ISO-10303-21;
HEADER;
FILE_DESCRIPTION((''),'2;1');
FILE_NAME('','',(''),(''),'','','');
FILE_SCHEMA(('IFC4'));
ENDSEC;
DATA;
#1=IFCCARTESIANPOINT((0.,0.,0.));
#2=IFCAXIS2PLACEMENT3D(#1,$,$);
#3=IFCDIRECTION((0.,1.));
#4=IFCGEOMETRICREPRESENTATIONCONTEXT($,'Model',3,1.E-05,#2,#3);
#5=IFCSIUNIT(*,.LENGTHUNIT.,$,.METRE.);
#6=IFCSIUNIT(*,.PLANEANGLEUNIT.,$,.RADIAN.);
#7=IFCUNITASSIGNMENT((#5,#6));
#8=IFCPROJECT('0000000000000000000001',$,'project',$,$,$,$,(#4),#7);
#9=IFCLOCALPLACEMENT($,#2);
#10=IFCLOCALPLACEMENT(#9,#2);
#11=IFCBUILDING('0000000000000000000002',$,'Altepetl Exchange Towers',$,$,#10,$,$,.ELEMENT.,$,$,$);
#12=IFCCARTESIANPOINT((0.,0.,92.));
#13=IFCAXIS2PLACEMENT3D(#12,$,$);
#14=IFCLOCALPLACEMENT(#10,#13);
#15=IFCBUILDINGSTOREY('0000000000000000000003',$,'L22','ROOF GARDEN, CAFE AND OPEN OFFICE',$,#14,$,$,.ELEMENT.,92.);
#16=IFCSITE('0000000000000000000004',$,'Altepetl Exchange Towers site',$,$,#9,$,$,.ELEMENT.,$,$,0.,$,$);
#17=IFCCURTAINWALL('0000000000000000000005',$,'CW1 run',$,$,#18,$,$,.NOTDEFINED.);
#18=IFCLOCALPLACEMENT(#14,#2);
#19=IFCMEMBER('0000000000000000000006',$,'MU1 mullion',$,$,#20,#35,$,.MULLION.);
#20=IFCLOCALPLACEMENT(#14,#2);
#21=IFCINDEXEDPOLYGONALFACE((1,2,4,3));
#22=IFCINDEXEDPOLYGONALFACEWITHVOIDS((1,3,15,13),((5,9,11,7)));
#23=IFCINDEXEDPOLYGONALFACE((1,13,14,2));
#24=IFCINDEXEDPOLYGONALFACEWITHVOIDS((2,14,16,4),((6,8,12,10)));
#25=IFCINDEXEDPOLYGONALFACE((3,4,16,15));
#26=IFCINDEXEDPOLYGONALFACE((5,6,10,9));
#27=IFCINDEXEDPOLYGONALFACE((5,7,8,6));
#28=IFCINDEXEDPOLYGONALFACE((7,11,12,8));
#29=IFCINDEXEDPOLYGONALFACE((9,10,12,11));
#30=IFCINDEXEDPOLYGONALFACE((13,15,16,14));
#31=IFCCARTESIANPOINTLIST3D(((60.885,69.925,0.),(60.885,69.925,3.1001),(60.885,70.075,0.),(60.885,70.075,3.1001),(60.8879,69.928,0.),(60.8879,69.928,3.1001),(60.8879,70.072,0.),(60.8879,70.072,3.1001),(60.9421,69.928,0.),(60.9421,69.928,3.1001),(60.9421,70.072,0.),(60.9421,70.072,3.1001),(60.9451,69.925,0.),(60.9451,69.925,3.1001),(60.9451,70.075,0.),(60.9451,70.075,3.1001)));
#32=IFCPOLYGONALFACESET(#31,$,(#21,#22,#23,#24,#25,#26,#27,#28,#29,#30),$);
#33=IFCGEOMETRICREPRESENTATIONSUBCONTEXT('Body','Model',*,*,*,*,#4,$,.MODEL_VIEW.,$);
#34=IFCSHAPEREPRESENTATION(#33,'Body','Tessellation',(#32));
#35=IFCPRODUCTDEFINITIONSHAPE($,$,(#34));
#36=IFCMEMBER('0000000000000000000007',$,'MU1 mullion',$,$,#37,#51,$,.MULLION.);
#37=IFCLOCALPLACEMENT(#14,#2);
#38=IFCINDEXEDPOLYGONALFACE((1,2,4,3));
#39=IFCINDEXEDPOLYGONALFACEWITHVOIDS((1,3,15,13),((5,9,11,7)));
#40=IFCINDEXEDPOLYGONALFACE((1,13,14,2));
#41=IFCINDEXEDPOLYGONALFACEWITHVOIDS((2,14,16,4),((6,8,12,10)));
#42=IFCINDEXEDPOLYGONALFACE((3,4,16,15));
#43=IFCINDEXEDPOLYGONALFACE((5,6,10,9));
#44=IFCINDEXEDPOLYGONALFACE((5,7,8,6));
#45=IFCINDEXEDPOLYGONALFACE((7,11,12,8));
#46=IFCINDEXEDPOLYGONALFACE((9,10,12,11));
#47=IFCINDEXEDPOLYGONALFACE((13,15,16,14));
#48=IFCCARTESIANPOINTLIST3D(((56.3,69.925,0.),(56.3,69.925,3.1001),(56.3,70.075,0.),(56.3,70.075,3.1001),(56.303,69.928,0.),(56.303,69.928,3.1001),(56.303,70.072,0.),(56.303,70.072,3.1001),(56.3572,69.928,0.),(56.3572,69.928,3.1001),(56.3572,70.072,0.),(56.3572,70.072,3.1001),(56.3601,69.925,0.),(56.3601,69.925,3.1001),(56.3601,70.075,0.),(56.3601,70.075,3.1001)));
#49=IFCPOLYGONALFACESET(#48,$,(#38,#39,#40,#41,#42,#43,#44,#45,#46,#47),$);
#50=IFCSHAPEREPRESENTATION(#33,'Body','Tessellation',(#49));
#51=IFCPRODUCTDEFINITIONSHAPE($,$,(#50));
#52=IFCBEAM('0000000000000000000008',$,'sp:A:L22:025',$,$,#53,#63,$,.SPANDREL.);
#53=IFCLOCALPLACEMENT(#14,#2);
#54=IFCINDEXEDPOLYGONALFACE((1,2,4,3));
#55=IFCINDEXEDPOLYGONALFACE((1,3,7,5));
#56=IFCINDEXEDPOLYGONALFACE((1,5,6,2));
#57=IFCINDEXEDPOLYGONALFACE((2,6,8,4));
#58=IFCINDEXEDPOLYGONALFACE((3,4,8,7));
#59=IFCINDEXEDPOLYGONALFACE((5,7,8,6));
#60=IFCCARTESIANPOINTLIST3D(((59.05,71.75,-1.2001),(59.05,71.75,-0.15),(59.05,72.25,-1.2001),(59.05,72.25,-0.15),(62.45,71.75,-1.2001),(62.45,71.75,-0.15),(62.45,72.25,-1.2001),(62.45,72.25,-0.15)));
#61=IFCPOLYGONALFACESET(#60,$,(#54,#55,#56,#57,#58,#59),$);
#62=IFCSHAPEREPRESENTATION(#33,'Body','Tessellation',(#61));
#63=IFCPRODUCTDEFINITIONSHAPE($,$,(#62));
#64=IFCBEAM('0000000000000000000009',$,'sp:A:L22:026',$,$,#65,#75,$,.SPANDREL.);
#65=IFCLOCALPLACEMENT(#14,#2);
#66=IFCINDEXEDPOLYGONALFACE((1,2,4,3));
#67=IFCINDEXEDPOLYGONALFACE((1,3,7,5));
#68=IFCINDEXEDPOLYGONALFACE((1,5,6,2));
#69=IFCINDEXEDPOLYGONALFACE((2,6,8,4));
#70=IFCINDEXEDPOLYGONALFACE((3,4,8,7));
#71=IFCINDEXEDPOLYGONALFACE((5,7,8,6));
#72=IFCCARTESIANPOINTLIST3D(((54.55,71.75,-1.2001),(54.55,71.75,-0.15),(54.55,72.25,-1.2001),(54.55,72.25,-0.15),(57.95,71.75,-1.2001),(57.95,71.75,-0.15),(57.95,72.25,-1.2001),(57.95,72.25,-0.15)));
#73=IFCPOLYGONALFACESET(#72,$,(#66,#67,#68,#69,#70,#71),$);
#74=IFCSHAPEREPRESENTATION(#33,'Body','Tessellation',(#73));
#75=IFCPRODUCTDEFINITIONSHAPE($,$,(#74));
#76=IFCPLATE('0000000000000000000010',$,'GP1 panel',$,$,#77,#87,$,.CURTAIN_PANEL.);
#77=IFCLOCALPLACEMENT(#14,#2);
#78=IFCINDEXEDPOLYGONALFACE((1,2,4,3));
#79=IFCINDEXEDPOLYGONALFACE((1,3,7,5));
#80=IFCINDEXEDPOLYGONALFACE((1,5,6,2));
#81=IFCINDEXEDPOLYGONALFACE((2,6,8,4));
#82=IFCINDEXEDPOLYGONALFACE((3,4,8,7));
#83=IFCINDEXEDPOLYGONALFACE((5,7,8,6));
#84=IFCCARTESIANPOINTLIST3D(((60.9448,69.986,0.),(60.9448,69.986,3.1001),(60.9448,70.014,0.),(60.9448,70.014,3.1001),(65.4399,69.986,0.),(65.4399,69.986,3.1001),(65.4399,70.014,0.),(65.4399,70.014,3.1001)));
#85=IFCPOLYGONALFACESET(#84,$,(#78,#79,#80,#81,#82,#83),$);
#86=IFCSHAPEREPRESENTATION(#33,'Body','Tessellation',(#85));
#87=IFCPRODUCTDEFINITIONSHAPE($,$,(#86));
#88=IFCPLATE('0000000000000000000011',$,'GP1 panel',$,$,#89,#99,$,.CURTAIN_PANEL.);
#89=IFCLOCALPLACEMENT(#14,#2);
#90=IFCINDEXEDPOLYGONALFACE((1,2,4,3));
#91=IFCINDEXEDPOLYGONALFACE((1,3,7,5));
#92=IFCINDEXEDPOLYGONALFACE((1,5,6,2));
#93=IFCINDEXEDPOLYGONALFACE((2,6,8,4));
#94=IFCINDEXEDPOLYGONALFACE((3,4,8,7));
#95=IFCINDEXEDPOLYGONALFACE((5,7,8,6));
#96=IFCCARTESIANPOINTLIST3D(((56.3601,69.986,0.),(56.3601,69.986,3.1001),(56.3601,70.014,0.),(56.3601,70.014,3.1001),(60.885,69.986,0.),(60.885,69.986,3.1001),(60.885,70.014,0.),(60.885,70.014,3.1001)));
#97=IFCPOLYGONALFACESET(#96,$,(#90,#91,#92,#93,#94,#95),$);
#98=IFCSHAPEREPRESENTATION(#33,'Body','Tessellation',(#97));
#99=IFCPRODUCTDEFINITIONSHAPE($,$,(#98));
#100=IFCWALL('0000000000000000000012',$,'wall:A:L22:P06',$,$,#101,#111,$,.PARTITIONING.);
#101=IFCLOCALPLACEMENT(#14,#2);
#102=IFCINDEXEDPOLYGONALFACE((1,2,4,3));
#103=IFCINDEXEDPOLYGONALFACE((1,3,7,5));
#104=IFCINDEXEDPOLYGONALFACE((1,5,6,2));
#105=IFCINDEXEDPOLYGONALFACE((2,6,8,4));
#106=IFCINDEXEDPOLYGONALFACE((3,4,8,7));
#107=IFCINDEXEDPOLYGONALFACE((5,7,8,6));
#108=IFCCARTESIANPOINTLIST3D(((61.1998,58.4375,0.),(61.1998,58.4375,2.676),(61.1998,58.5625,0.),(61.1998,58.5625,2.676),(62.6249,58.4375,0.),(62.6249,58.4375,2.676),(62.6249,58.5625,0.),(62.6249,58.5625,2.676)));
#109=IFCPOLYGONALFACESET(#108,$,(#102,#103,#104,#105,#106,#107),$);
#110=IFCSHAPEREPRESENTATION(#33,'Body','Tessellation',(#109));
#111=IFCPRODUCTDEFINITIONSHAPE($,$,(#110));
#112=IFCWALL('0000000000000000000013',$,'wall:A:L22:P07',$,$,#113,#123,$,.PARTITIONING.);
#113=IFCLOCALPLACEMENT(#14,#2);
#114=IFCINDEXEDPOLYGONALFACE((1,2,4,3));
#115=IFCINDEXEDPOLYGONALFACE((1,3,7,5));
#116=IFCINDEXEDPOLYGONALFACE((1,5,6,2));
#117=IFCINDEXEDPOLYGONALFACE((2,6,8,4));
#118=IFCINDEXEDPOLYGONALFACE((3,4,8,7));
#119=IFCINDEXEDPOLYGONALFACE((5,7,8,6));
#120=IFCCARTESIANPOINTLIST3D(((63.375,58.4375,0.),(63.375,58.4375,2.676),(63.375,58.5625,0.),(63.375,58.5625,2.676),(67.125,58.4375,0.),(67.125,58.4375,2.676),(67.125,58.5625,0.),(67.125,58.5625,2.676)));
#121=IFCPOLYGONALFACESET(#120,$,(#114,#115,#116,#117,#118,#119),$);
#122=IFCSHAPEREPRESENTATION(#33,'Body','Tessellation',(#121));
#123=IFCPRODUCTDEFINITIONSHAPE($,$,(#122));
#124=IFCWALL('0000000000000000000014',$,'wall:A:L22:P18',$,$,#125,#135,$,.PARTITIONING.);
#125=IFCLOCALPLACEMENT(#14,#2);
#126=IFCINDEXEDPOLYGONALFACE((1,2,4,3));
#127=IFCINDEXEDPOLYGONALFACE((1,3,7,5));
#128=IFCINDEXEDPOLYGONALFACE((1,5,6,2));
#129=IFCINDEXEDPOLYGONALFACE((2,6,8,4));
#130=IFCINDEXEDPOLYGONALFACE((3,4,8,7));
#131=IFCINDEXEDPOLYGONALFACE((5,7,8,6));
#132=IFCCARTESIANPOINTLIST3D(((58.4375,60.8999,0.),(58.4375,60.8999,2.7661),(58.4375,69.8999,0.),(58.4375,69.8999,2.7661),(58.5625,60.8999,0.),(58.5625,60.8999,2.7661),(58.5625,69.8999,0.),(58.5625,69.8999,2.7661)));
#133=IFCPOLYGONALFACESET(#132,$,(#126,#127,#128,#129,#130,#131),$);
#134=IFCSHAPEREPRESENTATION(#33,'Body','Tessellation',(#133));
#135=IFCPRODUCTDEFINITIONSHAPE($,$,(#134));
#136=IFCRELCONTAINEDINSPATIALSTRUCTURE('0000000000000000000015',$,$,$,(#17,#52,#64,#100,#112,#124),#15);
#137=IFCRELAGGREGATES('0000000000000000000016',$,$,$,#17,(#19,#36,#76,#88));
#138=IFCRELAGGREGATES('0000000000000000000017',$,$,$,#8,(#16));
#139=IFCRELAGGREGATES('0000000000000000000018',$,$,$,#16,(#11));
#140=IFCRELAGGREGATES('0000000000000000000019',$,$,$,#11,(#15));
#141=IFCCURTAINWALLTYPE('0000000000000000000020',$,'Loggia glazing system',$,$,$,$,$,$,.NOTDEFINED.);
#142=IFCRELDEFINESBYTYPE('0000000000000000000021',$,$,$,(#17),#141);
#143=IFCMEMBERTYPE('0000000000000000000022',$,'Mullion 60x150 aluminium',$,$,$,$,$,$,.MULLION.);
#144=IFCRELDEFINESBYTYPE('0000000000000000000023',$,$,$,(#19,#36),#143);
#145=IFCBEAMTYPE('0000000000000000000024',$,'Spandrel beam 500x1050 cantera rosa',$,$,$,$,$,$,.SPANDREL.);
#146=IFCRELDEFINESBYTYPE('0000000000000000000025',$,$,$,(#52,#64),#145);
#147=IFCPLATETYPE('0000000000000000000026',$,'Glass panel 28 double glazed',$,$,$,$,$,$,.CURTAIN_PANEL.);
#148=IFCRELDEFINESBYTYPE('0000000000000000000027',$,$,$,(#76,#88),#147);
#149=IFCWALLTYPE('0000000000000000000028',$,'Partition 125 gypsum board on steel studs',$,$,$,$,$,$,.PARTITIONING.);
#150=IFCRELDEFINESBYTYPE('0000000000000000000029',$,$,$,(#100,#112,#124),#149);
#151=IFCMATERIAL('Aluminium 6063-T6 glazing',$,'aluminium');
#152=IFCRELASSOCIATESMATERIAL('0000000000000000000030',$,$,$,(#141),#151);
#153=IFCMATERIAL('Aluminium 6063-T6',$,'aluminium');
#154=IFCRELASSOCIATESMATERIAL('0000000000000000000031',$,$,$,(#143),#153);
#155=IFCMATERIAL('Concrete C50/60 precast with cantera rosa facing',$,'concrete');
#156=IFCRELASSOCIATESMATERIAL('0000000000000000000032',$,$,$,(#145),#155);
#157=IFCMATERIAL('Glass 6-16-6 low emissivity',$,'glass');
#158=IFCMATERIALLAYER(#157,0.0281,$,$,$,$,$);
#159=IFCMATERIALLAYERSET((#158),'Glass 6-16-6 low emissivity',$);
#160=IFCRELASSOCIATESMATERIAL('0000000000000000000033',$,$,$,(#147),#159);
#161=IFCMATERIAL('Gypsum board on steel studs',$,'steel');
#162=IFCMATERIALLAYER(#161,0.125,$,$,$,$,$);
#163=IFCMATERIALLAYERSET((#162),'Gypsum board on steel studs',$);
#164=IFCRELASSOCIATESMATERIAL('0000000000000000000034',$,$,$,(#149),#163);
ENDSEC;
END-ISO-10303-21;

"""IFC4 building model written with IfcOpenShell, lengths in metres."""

from ifc_helpers import new_model, si_unit, direction, frame, frame_2d, origin, origin_2d, place, context, subcontext, project, spatial, rectangle, hollow_rectangle, extrude, material, layer, layer_set, material_profile, profile_set, type_object, element, aggregate, save


model = new_model("IFC4")

# Units and contexts
model_context = context("Model", 3, precision=1e-05, world=origin(), true_north=direction((0.0, 1.0)))
body_context = subcontext(model_context, "Body", "Model", "MODEL_VIEW")
ifc_project = project(units=[si_unit("LENGTHUNIT", "METRE"), si_unit("PLANEANGLEUNIT", "RADIAN")], contexts=[model_context])

# Site, building, storey
site_placement = place(None, origin())
site = spatial("IfcSite", under=ifc_project, at=site_placement, Name="Altepetl Exchange Towers site", CompositionType="ELEMENT", RefElevation=0.0)
building_placement = place(site_placement, origin())
building = spatial("IfcBuilding", under=site, at=building_placement, Name="Altepetl Exchange Towers", CompositionType="ELEMENT")
storey_placement = place(building_placement, frame((0.0, 0.0, 92.0)))
storey = spatial("IfcBuildingStorey", under=building, at=storey_placement, Name="L22", Description="ROOF GARDEN, CAFE AND OPEN OFFICE", CompositionType="ELEMENT", Elevation=92.0)

# Curtain wall, members
ifc_material_1 = material(Name="Aluminium 6063-T6 glazing", Category="aluminium")
curtain_wall_type = type_object("IfcCurtainWallType", Name="Loggia glazing system", PredefinedType="NOTDEFINED", material=ifc_material_1)
ifc_material_2 = material(Name="Aluminium 6063-T6", Category="aluminium")
ifc_material_profile_1 = material_profile(ifc_material_2, hollow_rectangle(XDim=0.0601, YDim=0.1499, WallThickness=0.0029, at=origin_2d()), Name="Mullion 60x150 aluminium")
ifc_profile_set_1 = profile_set([ifc_material_profile_1], Name="Aluminium 6063-T6")
member_type = type_object("IfcMemberType", Name="Mullion 60x150 aluminium", PredefinedType="MULLION", material=ifc_profile_set_1)
curtain_wall_1_placement = place(storey_placement, origin())
curtain_wall_1 = element("IfcCurtainWall", 1, at=curtain_wall_1_placement, inside=storey, type_object=curtain_wall_type, Name="CW1 run", PredefinedType="NOTDEFINED")
member_1_placement = place(storey_placement, frame((60.915, 70.0, 0.0), z_axis=(0.0, 0.0, 1.0), x_axis=(-1.0, 0.0, 0.0)))
member_1 = element("IfcMember", 2, at=member_1_placement, type_object=member_type, Name="MU1 mullion", PredefinedType="MULLION", context=body_context, shape_type="SweptSolid", body=[
    extrude(hollow_rectangle(XDim=0.0601, YDim=0.1499, WallThickness=0.0029, at=origin_2d()), origin(), (0.0, 0.0, 1.0), 3.1001),
])
member_2_placement = place(storey_placement, frame((56.3301, 70.0, 0.0), z_axis=(0.0, 0.0, 1.0), x_axis=(-1.0, 0.0, 0.0)))
member_2 = element("IfcMember", 3, at=member_2_placement, type_object=member_type, Name="MU1 mullion", PredefinedType="MULLION", context=body_context, shape_type="SweptSolid", body=[
    extrude(hollow_rectangle(XDim=0.0601, YDim=0.1499, WallThickness=0.0029, at=origin_2d()), origin(), (0.0, 0.0, 1.0), 3.1001),
])

# Beams
ifc_material_3 = material(Name="Concrete C50/60 precast with cantera rosa facing", Category="concrete")
ifc_material_profile_2 = material_profile(ifc_material_3, rectangle(XDim=0.5, YDim=1.05, at=origin_2d()), Name="500 x 1050")
ifc_profile_set_2 = profile_set([ifc_material_profile_2], Name="Concrete C50/60 precast with cantera rosa facing")
beam_type_1 = type_object("IfcBeamType", Name="Spandrel beam 500x1050 cantera rosa", PredefinedType="SPANDREL", material=ifc_profile_set_2)
for number, where, z_axis, x_axis, name in (
    (4, (62.45, 72.0, -0.675), (-1.0, 0.0, 0.0), (0.0, -1.0, 0.0), "sp:A:L22:025"),
    (5, (57.95, 72.0, -0.675), (-1.0, 0.0, 0.0), (0.0, -1.0, 0.0), "sp:A:L22:026"),
):
    element("IfcBeam", number, at=place(storey_placement, frame(where, z_axis=z_axis, x_axis=x_axis)), inside=storey, type_object=beam_type_1, Name=name, PredefinedType="SPANDREL", context=body_context, shape_type="SweptSolid", body=[
        extrude(rectangle(XDim=0.5, YDim=1.05, at=origin_2d()), origin(), (0.0, 0.0, 1.0), 3.3999),
    ])

# Plates
ifc_material_4 = material(Name="Glass 6-16-6 low emissivity", Category="glass")
ifc_layer_1 = layer(ifc_material_4, 0.0281)
ifc_layer_set_1 = layer_set([ifc_layer_1], Name="Glass 6-16-6 low emissivity")
plate_type = type_object("IfcPlateType", Name="Glass panel 28 double glazed", PredefinedType="CURTAIN_PANEL", material=ifc_layer_set_1)
plate_1_placement = place(storey_placement, frame((63.1924, 70.0, 0.0), z_axis=(0.0, 0.0, 1.0), x_axis=(-1.0, 0.0, 0.0)))
plate_1 = element("IfcPlate", 6, at=plate_1_placement, type_object=plate_type, Name="GP1 panel", PredefinedType="CURTAIN_PANEL", context=body_context, shape_type="SweptSolid", body=[
    extrude(rectangle(XDim=4.4951, YDim=0.0281, at=origin_2d()), origin(), (0.0, 0.0, 1.0), 3.1001),
])
plate_2_placement = place(storey_placement, frame((58.6226, 70.0, 0.0), z_axis=(0.0, 0.0, 1.0), x_axis=(-1.0, 0.0, 0.0)))
plate_2 = element("IfcPlate", 7, at=plate_2_placement, type_object=plate_type, Name="GP1 panel", PredefinedType="CURTAIN_PANEL", context=body_context, shape_type="SweptSolid", body=[
    extrude(rectangle(XDim=4.5249, YDim=0.0281, at=origin_2d()), origin(), (0.0, 0.0, 1.0), 3.1001),
])
aggregate(curtain_wall_1, [member_1, member_2, plate_1, plate_2])

# Walls
ifc_material_5 = material(Name="Gypsum board on steel studs", Category="steel")
ifc_layer_2 = layer(ifc_material_5, 0.125)
ifc_layer_set_2 = layer_set([ifc_layer_2], Name="Gypsum board on steel studs")
wall_type = type_object("IfcWallType", Name="Partition 125 gypsum board on steel studs", PredefinedType="PARTITIONING", material=ifc_layer_set_2)
wall_1_placement = place(storey_placement, frame((61.2, 58.5, 0.0)))
element("IfcWall", 8, at=wall_1_placement, inside=storey, type_object=wall_type, Name="wall:A:L22:P06", PredefinedType="PARTITIONING", context=body_context, shape_type="SweptSolid", body=[
    extrude(rectangle(XDim=1.425, YDim=0.125, at=frame_2d((0.7124, 0.0))), origin(), (0.0, 0.0, 1.0), 2.676),
])
wall_2_placement = place(storey_placement, frame((63.375, 58.5, 0.0)))
element("IfcWall", 9, at=wall_2_placement, inside=storey, type_object=wall_type, Name="wall:A:L22:P07", PredefinedType="PARTITIONING", context=body_context, shape_type="SweptSolid", body=[
    extrude(rectangle(XDim=3.75, YDim=0.125, at=frame_2d((1.875, 0.0))), origin(), (0.0, 0.0, 1.0), 2.676),
])
wall_3_placement = place(storey_placement, frame((58.5, 60.8999, 0.0), z_axis=(0.0, 0.0, 1.0), x_axis=(0.0, 1.0, 0.0)))
element("IfcWall", 10, at=wall_3_placement, inside=storey, type_object=wall_type, Name="wall:A:L22:P18", PredefinedType="PARTITIONING", context=body_context, shape_type="SweptSolid", body=[
    extrude(rectangle(XDim=9.0, YDim=0.125, at=frame_2d((4.5, 0.0))), origin(), (0.0, 0.0, 1.0), 2.7661),
])

save(model, "model.ifc")
